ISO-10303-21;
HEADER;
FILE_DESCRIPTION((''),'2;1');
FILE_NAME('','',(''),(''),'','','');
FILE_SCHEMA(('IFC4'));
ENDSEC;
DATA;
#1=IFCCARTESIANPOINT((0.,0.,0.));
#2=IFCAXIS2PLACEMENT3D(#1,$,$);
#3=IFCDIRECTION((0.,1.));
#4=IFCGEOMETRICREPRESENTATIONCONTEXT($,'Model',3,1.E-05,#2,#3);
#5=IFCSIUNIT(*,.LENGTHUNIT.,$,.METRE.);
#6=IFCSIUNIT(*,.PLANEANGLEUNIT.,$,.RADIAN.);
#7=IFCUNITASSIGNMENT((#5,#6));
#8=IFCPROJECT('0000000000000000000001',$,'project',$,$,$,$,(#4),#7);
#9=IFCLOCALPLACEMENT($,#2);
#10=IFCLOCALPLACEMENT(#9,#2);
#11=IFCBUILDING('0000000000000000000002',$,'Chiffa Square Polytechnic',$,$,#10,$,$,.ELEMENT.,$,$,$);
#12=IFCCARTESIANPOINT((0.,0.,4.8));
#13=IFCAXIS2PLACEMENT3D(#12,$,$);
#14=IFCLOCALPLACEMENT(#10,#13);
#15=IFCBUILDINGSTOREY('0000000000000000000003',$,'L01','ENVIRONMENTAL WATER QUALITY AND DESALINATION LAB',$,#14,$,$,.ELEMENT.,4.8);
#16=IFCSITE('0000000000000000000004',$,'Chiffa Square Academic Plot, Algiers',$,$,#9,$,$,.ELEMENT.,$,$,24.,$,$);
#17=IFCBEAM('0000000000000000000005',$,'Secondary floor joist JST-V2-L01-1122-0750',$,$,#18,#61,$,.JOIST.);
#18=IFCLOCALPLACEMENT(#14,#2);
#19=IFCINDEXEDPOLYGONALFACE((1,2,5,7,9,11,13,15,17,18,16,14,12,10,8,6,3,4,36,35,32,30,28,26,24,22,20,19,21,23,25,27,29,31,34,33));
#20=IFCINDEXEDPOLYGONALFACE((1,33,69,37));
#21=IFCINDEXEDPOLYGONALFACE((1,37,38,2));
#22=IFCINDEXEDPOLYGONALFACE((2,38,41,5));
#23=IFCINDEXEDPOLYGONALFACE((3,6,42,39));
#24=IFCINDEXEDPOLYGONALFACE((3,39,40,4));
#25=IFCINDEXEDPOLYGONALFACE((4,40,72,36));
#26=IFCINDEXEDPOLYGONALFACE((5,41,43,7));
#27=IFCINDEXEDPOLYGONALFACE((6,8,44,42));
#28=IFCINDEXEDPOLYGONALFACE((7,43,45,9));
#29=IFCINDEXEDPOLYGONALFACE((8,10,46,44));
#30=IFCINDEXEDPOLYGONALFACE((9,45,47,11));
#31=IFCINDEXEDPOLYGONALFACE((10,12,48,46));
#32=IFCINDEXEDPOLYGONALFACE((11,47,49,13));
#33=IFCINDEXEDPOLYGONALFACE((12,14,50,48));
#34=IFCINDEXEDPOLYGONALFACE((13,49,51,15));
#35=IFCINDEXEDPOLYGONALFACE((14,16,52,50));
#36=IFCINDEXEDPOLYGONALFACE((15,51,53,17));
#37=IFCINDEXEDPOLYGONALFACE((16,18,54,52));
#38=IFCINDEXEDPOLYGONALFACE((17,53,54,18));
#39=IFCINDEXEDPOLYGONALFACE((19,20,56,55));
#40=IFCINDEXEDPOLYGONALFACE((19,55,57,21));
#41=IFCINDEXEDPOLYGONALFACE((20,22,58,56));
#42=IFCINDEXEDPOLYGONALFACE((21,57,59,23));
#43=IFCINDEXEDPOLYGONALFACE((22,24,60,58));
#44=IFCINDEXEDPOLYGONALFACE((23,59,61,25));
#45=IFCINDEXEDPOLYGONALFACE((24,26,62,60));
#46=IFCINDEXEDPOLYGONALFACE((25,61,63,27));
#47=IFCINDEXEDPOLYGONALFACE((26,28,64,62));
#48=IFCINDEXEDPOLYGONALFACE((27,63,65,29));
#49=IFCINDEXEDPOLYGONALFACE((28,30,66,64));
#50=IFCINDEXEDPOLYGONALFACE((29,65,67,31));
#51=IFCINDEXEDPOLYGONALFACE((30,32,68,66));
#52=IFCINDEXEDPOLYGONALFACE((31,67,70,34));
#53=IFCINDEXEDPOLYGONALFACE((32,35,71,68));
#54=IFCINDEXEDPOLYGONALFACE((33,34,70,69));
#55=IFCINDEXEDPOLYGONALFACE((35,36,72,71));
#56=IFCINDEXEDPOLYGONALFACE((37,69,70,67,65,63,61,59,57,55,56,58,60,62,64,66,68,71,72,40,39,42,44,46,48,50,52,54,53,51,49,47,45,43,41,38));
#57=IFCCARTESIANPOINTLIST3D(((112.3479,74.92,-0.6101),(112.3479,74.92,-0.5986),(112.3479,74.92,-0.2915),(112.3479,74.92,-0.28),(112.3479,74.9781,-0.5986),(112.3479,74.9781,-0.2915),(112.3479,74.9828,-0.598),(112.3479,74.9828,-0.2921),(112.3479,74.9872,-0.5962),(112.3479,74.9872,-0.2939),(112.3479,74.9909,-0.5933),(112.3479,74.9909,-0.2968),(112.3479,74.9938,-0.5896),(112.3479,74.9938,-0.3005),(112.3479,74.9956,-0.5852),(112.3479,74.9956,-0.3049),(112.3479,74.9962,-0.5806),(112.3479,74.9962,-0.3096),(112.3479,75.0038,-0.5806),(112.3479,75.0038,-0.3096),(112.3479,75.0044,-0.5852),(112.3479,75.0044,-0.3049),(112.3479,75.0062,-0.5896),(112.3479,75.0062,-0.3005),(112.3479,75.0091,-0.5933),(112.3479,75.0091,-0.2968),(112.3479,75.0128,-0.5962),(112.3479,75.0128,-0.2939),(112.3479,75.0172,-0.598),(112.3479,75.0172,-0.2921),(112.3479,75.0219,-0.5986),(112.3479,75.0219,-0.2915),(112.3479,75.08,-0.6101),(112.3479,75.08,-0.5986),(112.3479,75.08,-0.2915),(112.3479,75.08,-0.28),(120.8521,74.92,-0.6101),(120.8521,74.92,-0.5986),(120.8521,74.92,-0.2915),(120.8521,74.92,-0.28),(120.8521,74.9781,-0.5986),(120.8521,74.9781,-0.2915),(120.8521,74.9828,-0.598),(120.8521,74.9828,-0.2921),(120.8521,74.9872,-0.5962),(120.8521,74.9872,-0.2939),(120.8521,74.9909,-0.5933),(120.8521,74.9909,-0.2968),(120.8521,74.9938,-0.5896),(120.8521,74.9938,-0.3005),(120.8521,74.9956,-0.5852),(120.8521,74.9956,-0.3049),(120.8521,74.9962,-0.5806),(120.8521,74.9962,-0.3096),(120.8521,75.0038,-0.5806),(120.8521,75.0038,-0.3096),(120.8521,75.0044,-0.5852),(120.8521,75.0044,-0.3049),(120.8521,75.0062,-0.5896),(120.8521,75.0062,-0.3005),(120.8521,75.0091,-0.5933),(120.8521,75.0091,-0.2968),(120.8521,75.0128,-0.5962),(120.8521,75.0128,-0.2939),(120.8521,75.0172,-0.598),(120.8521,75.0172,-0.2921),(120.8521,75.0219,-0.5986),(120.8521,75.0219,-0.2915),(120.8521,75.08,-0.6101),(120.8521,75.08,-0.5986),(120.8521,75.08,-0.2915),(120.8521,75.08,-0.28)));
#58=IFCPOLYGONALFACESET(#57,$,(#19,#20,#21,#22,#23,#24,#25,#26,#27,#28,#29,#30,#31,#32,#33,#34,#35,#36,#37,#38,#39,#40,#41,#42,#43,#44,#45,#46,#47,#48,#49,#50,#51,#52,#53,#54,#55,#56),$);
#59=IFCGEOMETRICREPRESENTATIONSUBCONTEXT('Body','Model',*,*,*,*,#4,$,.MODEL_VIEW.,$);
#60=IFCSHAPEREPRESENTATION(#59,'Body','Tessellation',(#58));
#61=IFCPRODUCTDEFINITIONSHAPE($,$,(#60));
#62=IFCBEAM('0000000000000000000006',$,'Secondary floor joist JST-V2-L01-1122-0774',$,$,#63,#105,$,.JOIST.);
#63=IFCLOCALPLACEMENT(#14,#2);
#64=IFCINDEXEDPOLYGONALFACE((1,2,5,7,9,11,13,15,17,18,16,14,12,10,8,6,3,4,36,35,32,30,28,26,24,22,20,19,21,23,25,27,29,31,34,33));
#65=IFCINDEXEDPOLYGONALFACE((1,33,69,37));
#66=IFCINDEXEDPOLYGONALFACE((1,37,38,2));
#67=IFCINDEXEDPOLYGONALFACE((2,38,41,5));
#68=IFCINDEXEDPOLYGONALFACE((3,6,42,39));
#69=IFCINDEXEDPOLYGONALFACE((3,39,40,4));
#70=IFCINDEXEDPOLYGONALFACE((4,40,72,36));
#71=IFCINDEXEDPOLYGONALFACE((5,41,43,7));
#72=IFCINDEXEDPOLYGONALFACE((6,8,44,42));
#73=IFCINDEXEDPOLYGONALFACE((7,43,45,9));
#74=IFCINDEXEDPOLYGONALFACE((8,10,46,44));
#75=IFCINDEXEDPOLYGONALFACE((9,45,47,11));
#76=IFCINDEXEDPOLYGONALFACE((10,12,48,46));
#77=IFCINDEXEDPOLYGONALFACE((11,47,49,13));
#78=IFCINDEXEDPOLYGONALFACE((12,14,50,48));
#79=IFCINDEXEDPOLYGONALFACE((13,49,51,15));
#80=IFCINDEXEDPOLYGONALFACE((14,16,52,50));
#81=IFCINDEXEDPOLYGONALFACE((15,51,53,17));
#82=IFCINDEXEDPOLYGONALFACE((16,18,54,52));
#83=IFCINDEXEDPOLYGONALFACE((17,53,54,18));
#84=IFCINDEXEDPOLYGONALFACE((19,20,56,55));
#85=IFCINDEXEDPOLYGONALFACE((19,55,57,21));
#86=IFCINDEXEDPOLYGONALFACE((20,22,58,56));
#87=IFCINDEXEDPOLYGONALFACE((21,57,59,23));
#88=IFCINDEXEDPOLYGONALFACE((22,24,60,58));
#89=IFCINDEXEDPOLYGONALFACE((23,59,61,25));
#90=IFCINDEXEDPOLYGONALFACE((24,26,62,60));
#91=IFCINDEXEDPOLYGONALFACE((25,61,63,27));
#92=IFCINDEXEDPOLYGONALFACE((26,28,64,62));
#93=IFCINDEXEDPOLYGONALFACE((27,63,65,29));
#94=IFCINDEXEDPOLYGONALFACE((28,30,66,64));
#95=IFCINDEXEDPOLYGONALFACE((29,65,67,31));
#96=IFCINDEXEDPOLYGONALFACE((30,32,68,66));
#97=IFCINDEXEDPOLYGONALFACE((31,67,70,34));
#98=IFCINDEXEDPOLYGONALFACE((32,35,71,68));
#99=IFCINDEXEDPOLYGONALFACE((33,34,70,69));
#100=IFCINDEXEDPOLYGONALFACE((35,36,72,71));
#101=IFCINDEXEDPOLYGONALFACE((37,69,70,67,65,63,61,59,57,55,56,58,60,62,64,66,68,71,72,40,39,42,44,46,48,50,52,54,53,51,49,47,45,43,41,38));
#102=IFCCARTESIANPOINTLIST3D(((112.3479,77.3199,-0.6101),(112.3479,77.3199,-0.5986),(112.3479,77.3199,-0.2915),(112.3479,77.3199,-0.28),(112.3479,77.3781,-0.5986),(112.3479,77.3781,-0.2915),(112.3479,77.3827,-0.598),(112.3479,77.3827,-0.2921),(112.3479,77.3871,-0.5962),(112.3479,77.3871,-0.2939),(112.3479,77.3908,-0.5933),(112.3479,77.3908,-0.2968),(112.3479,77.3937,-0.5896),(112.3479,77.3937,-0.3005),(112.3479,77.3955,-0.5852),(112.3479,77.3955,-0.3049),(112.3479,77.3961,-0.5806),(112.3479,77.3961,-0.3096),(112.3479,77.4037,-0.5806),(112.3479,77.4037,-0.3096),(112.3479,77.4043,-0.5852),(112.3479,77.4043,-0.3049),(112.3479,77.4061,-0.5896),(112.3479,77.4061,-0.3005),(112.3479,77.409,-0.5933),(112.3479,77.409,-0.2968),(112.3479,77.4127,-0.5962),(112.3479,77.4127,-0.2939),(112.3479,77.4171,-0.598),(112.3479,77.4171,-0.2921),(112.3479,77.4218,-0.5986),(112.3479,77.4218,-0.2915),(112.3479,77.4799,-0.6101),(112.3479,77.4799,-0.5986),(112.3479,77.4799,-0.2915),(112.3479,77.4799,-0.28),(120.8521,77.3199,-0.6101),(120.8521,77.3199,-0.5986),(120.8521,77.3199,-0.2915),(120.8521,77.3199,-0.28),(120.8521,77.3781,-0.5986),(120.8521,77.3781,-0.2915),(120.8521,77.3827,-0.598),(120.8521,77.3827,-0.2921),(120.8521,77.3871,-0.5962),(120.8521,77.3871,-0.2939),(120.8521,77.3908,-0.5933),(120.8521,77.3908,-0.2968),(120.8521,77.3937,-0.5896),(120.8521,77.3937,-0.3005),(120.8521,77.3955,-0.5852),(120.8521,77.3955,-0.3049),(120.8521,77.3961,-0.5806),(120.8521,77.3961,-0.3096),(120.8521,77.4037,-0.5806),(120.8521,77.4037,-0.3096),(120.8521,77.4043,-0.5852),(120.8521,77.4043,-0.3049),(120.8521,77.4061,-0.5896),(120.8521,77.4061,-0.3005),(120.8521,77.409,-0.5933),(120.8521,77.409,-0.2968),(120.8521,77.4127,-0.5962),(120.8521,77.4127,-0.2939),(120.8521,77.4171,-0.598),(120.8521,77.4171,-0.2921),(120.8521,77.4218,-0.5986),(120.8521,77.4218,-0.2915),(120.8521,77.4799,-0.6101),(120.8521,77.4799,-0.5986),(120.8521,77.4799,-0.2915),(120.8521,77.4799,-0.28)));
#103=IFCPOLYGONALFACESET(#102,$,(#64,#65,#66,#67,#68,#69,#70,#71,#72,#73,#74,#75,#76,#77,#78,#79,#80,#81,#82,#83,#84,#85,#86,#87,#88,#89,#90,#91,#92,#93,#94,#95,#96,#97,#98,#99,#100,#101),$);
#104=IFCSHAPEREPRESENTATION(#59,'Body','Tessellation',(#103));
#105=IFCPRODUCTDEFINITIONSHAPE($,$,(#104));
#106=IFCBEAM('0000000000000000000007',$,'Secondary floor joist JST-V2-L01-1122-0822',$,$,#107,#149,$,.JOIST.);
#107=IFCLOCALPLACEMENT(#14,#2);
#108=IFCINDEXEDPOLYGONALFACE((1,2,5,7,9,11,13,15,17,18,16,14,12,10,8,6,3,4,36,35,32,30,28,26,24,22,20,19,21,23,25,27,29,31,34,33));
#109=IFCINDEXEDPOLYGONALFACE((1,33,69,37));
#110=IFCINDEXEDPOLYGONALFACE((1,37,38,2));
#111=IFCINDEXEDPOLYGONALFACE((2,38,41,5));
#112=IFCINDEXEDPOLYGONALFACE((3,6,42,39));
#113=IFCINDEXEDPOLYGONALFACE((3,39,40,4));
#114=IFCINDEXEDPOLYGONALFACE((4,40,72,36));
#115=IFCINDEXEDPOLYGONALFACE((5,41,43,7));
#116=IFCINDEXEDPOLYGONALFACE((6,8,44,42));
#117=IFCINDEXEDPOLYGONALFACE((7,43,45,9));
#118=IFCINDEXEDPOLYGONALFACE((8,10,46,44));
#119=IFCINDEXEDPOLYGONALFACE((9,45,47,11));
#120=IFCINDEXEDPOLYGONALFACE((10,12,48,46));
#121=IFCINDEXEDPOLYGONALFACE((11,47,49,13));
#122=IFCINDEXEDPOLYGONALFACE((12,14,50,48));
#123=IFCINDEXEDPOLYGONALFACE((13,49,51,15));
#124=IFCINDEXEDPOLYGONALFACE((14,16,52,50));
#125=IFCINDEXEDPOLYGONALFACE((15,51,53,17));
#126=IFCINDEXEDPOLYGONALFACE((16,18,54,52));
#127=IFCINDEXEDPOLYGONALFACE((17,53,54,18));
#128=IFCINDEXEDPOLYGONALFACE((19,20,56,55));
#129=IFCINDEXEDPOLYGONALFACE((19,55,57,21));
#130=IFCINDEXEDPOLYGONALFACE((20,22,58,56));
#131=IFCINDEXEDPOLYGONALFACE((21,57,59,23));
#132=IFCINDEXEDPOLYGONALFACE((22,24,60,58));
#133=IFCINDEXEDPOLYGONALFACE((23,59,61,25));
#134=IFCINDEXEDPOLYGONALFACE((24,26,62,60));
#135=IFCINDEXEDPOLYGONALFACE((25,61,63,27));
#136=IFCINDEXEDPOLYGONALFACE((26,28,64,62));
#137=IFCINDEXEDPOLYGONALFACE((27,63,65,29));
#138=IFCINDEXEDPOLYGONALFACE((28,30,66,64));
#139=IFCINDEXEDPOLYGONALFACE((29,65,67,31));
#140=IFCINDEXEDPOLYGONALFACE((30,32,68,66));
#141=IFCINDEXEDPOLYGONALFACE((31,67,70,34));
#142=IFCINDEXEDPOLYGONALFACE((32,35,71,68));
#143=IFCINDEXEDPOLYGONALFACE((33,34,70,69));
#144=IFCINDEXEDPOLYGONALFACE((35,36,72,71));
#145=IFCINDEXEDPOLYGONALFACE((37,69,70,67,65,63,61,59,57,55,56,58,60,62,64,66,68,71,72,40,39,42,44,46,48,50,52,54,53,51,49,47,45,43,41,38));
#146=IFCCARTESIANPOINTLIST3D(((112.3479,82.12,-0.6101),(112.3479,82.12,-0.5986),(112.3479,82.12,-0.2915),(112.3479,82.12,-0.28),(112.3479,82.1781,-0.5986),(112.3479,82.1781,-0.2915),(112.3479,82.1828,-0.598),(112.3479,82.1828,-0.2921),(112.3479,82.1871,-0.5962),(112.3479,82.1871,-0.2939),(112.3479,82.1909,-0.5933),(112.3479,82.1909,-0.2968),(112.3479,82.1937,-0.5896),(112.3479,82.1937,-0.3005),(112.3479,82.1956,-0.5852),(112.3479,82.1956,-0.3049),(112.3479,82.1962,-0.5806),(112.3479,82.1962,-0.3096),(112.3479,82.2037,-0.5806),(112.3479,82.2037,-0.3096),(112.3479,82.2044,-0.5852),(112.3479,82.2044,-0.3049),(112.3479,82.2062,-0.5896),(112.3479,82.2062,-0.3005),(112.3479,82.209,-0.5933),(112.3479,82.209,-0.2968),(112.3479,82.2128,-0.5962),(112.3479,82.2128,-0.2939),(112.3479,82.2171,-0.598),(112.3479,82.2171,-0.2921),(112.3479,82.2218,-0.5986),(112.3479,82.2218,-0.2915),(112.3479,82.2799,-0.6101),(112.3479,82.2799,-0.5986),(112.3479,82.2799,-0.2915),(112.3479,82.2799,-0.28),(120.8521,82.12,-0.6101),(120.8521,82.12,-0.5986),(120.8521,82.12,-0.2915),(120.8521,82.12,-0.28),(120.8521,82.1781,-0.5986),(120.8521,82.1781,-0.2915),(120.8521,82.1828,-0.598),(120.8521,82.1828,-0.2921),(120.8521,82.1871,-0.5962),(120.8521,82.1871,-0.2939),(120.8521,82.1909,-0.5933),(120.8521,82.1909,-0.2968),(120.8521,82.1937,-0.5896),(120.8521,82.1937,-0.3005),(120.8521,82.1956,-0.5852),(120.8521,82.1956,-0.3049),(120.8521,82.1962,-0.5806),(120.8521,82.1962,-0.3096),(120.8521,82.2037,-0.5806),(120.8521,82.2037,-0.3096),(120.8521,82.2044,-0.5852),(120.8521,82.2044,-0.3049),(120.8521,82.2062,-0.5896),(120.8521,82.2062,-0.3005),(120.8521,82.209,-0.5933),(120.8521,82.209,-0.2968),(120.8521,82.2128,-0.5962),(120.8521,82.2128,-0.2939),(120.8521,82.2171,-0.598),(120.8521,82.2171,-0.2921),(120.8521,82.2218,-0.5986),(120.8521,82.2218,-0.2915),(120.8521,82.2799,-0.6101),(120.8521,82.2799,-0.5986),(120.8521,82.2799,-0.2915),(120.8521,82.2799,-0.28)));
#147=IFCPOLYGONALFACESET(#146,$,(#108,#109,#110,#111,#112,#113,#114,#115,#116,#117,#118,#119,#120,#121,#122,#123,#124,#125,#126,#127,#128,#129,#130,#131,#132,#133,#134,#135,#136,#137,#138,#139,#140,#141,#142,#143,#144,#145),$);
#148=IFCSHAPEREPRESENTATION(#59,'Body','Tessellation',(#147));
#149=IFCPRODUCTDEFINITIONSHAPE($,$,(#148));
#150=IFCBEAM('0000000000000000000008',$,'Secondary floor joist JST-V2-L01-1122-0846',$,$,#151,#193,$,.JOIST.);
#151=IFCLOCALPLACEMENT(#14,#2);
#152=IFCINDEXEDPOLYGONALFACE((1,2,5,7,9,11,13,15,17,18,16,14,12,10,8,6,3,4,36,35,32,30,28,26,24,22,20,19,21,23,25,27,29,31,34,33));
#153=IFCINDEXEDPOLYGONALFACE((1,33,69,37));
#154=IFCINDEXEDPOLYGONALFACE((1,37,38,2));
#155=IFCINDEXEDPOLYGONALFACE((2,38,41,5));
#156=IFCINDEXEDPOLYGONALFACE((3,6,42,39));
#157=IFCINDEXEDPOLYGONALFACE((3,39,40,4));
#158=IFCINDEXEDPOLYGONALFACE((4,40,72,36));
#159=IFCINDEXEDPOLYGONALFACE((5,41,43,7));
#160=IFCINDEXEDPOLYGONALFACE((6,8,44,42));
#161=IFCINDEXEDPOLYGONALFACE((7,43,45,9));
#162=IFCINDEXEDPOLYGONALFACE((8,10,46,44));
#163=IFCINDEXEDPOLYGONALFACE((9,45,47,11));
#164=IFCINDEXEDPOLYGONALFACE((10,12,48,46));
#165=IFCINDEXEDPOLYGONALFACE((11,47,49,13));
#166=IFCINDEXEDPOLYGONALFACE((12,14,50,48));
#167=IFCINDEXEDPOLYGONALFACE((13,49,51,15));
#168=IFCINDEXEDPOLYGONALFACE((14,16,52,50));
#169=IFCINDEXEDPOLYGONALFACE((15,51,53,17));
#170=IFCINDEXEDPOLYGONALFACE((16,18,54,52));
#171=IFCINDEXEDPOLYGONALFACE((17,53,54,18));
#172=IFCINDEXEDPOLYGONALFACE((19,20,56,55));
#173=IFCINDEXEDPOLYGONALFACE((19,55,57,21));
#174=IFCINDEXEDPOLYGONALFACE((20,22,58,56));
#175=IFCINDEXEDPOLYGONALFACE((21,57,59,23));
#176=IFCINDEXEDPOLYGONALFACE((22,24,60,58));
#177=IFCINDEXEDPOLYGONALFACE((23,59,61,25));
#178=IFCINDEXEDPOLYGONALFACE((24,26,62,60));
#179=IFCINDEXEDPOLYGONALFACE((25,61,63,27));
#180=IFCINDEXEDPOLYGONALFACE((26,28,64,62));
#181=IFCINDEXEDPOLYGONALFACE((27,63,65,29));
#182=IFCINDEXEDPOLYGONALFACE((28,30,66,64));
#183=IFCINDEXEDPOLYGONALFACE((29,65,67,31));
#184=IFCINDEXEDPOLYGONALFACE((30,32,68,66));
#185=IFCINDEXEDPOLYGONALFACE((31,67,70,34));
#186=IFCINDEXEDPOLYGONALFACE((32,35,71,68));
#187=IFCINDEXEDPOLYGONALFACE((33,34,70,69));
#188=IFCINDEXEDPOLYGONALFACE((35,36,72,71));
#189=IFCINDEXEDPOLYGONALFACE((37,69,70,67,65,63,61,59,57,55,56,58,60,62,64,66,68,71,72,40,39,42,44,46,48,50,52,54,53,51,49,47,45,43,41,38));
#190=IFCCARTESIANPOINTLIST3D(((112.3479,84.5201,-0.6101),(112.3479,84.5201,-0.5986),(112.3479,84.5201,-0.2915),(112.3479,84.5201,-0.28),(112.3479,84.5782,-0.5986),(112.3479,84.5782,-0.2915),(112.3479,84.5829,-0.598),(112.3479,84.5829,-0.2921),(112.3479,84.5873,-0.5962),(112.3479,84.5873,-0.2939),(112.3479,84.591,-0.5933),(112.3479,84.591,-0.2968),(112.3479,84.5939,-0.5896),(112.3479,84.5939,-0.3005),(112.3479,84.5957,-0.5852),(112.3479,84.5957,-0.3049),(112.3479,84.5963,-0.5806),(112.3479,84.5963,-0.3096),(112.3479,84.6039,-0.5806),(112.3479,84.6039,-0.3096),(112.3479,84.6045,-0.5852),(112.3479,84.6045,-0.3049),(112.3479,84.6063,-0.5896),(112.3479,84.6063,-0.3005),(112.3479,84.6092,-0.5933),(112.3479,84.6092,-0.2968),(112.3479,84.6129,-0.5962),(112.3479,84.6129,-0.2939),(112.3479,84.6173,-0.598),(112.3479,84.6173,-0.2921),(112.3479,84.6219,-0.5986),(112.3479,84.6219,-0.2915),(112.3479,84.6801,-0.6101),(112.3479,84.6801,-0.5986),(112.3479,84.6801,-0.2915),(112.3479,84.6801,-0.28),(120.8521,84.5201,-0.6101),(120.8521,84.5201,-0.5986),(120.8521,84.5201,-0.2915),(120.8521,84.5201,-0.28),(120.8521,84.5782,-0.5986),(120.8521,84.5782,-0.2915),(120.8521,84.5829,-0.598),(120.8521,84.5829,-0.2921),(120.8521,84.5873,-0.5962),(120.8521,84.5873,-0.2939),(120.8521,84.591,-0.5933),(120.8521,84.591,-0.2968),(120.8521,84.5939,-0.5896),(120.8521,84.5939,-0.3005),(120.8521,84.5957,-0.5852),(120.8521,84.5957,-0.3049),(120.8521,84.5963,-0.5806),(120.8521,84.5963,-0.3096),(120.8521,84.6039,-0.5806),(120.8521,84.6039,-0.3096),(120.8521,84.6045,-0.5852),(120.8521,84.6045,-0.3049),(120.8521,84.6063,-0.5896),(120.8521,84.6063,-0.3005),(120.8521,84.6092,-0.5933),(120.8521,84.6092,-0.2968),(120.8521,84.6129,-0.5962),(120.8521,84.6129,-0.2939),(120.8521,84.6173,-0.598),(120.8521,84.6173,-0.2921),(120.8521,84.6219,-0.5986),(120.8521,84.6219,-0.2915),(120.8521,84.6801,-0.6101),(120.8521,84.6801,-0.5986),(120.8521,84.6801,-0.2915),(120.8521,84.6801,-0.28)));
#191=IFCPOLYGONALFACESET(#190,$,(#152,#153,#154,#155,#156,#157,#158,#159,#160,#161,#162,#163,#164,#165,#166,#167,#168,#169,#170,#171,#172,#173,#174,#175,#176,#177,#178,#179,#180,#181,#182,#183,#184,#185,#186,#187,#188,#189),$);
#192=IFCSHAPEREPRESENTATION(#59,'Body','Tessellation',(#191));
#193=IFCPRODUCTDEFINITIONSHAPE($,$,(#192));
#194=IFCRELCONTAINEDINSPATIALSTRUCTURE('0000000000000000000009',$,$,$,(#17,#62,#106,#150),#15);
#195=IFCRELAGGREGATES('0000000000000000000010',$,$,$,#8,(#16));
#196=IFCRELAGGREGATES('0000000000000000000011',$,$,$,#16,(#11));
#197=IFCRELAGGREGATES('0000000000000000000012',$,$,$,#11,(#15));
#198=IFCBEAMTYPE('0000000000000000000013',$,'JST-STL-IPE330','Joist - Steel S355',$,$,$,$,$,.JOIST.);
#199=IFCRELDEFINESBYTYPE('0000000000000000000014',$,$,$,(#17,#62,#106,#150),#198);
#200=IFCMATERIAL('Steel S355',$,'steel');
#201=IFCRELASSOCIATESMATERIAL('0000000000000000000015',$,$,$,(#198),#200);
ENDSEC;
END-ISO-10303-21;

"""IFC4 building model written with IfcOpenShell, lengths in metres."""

from ifc_helpers import new_model, si_unit, direction, frame, origin, origin_2d, place, context, subcontext, project, spatial, i_section, extrude, material, material_profile, profile_set, type_object, element, save


model = new_model("IFC4")

# Units and contexts
model_context = context("Model", 3, precision=1e-05, world=origin(), true_north=direction((0.0, 1.0)))
body_context = subcontext(model_context, "Body", "Model", "MODEL_VIEW")
ifc_project = project(units=[si_unit("LENGTHUNIT", "METRE"), si_unit("PLANEANGLEUNIT", "RADIAN")], contexts=[model_context])

# Site, building, storey
site_placement = place(None, origin())
site = spatial("IfcSite", under=ifc_project, at=site_placement, Name="Chiffa Square Academic Plot, Algiers", CompositionType="ELEMENT", RefElevation=24.0)
building_placement = place(site_placement, origin())
building = spatial("IfcBuilding", under=site, at=building_placement, Name="Chiffa Square Polytechnic", CompositionType="ELEMENT")
storey_placement = place(building_placement, frame((0.0, 0.0, 4.8)))
storey = spatial("IfcBuildingStorey", under=building, at=storey_placement, Name="L01", Description="ENVIRONMENTAL WATER QUALITY AND DESALINATION LAB", CompositionType="ELEMENT", Elevation=4.8)

# Shared definitions
ifc_material_1 = material(Name="Steel S355", Category="steel")

# Beams
ifc_material_profile_1 = material_profile(ifc_material_1, i_section(OverallWidth=0.1599, OverallDepth=0.3301, WebThickness=0.0076, FlangeThickness=0.0115, FilletRadius=0.0181, at=origin_2d()), Name="IPE 330")
ifc_profile_set_1 = profile_set([ifc_material_profile_1], Name="Steel S355")
beam_type_1 = type_object("IfcBeamType", Name="JST-STL-IPE330", Description="Joist - Steel S355", PredefinedType="JOIST", material=ifc_profile_set_1)
for number, where, z_axis, x_axis, name in (
    (1, (112.3479, 75.0, -0.4451), (1.0, 0.0, 0.0), (0.0, 1.0, 0.0), "Secondary floor joist JST-V2-L01-1122-0750"),
    (2, (112.3479, 77.3999, -0.4451), (1.0, 0.0, 0.0), (0.0, 1.0, 0.0), "Secondary floor joist JST-V2-L01-1122-0774"),
    (3, (112.3479, 82.2, -0.4451), (1.0, 0.0, 0.0), (0.0, 1.0, 0.0), "Secondary floor joist JST-V2-L01-1122-0822"),
    (4, (112.3479, 84.6001, -0.4451), (1.0, 0.0, 0.0), (0.0, 1.0, 0.0), "Secondary floor joist JST-V2-L01-1122-0846"),
):
    element("IfcBeam", number, at=place(storey_placement, frame(where, z_axis=z_axis, x_axis=x_axis)), inside=storey, type_object=beam_type_1, Name=name, PredefinedType="JOIST", context=body_context, shape_type="SweptSolid", body=[
        extrude(i_section(OverallWidth=0.1599, OverallDepth=0.3301, WebThickness=0.0076, FlangeThickness=0.0115, FilletRadius=0.0181, at=origin_2d()), origin(), (0.0, 0.0, 1.0), 8.5042),
    ])

save(model, "model.ifc")
